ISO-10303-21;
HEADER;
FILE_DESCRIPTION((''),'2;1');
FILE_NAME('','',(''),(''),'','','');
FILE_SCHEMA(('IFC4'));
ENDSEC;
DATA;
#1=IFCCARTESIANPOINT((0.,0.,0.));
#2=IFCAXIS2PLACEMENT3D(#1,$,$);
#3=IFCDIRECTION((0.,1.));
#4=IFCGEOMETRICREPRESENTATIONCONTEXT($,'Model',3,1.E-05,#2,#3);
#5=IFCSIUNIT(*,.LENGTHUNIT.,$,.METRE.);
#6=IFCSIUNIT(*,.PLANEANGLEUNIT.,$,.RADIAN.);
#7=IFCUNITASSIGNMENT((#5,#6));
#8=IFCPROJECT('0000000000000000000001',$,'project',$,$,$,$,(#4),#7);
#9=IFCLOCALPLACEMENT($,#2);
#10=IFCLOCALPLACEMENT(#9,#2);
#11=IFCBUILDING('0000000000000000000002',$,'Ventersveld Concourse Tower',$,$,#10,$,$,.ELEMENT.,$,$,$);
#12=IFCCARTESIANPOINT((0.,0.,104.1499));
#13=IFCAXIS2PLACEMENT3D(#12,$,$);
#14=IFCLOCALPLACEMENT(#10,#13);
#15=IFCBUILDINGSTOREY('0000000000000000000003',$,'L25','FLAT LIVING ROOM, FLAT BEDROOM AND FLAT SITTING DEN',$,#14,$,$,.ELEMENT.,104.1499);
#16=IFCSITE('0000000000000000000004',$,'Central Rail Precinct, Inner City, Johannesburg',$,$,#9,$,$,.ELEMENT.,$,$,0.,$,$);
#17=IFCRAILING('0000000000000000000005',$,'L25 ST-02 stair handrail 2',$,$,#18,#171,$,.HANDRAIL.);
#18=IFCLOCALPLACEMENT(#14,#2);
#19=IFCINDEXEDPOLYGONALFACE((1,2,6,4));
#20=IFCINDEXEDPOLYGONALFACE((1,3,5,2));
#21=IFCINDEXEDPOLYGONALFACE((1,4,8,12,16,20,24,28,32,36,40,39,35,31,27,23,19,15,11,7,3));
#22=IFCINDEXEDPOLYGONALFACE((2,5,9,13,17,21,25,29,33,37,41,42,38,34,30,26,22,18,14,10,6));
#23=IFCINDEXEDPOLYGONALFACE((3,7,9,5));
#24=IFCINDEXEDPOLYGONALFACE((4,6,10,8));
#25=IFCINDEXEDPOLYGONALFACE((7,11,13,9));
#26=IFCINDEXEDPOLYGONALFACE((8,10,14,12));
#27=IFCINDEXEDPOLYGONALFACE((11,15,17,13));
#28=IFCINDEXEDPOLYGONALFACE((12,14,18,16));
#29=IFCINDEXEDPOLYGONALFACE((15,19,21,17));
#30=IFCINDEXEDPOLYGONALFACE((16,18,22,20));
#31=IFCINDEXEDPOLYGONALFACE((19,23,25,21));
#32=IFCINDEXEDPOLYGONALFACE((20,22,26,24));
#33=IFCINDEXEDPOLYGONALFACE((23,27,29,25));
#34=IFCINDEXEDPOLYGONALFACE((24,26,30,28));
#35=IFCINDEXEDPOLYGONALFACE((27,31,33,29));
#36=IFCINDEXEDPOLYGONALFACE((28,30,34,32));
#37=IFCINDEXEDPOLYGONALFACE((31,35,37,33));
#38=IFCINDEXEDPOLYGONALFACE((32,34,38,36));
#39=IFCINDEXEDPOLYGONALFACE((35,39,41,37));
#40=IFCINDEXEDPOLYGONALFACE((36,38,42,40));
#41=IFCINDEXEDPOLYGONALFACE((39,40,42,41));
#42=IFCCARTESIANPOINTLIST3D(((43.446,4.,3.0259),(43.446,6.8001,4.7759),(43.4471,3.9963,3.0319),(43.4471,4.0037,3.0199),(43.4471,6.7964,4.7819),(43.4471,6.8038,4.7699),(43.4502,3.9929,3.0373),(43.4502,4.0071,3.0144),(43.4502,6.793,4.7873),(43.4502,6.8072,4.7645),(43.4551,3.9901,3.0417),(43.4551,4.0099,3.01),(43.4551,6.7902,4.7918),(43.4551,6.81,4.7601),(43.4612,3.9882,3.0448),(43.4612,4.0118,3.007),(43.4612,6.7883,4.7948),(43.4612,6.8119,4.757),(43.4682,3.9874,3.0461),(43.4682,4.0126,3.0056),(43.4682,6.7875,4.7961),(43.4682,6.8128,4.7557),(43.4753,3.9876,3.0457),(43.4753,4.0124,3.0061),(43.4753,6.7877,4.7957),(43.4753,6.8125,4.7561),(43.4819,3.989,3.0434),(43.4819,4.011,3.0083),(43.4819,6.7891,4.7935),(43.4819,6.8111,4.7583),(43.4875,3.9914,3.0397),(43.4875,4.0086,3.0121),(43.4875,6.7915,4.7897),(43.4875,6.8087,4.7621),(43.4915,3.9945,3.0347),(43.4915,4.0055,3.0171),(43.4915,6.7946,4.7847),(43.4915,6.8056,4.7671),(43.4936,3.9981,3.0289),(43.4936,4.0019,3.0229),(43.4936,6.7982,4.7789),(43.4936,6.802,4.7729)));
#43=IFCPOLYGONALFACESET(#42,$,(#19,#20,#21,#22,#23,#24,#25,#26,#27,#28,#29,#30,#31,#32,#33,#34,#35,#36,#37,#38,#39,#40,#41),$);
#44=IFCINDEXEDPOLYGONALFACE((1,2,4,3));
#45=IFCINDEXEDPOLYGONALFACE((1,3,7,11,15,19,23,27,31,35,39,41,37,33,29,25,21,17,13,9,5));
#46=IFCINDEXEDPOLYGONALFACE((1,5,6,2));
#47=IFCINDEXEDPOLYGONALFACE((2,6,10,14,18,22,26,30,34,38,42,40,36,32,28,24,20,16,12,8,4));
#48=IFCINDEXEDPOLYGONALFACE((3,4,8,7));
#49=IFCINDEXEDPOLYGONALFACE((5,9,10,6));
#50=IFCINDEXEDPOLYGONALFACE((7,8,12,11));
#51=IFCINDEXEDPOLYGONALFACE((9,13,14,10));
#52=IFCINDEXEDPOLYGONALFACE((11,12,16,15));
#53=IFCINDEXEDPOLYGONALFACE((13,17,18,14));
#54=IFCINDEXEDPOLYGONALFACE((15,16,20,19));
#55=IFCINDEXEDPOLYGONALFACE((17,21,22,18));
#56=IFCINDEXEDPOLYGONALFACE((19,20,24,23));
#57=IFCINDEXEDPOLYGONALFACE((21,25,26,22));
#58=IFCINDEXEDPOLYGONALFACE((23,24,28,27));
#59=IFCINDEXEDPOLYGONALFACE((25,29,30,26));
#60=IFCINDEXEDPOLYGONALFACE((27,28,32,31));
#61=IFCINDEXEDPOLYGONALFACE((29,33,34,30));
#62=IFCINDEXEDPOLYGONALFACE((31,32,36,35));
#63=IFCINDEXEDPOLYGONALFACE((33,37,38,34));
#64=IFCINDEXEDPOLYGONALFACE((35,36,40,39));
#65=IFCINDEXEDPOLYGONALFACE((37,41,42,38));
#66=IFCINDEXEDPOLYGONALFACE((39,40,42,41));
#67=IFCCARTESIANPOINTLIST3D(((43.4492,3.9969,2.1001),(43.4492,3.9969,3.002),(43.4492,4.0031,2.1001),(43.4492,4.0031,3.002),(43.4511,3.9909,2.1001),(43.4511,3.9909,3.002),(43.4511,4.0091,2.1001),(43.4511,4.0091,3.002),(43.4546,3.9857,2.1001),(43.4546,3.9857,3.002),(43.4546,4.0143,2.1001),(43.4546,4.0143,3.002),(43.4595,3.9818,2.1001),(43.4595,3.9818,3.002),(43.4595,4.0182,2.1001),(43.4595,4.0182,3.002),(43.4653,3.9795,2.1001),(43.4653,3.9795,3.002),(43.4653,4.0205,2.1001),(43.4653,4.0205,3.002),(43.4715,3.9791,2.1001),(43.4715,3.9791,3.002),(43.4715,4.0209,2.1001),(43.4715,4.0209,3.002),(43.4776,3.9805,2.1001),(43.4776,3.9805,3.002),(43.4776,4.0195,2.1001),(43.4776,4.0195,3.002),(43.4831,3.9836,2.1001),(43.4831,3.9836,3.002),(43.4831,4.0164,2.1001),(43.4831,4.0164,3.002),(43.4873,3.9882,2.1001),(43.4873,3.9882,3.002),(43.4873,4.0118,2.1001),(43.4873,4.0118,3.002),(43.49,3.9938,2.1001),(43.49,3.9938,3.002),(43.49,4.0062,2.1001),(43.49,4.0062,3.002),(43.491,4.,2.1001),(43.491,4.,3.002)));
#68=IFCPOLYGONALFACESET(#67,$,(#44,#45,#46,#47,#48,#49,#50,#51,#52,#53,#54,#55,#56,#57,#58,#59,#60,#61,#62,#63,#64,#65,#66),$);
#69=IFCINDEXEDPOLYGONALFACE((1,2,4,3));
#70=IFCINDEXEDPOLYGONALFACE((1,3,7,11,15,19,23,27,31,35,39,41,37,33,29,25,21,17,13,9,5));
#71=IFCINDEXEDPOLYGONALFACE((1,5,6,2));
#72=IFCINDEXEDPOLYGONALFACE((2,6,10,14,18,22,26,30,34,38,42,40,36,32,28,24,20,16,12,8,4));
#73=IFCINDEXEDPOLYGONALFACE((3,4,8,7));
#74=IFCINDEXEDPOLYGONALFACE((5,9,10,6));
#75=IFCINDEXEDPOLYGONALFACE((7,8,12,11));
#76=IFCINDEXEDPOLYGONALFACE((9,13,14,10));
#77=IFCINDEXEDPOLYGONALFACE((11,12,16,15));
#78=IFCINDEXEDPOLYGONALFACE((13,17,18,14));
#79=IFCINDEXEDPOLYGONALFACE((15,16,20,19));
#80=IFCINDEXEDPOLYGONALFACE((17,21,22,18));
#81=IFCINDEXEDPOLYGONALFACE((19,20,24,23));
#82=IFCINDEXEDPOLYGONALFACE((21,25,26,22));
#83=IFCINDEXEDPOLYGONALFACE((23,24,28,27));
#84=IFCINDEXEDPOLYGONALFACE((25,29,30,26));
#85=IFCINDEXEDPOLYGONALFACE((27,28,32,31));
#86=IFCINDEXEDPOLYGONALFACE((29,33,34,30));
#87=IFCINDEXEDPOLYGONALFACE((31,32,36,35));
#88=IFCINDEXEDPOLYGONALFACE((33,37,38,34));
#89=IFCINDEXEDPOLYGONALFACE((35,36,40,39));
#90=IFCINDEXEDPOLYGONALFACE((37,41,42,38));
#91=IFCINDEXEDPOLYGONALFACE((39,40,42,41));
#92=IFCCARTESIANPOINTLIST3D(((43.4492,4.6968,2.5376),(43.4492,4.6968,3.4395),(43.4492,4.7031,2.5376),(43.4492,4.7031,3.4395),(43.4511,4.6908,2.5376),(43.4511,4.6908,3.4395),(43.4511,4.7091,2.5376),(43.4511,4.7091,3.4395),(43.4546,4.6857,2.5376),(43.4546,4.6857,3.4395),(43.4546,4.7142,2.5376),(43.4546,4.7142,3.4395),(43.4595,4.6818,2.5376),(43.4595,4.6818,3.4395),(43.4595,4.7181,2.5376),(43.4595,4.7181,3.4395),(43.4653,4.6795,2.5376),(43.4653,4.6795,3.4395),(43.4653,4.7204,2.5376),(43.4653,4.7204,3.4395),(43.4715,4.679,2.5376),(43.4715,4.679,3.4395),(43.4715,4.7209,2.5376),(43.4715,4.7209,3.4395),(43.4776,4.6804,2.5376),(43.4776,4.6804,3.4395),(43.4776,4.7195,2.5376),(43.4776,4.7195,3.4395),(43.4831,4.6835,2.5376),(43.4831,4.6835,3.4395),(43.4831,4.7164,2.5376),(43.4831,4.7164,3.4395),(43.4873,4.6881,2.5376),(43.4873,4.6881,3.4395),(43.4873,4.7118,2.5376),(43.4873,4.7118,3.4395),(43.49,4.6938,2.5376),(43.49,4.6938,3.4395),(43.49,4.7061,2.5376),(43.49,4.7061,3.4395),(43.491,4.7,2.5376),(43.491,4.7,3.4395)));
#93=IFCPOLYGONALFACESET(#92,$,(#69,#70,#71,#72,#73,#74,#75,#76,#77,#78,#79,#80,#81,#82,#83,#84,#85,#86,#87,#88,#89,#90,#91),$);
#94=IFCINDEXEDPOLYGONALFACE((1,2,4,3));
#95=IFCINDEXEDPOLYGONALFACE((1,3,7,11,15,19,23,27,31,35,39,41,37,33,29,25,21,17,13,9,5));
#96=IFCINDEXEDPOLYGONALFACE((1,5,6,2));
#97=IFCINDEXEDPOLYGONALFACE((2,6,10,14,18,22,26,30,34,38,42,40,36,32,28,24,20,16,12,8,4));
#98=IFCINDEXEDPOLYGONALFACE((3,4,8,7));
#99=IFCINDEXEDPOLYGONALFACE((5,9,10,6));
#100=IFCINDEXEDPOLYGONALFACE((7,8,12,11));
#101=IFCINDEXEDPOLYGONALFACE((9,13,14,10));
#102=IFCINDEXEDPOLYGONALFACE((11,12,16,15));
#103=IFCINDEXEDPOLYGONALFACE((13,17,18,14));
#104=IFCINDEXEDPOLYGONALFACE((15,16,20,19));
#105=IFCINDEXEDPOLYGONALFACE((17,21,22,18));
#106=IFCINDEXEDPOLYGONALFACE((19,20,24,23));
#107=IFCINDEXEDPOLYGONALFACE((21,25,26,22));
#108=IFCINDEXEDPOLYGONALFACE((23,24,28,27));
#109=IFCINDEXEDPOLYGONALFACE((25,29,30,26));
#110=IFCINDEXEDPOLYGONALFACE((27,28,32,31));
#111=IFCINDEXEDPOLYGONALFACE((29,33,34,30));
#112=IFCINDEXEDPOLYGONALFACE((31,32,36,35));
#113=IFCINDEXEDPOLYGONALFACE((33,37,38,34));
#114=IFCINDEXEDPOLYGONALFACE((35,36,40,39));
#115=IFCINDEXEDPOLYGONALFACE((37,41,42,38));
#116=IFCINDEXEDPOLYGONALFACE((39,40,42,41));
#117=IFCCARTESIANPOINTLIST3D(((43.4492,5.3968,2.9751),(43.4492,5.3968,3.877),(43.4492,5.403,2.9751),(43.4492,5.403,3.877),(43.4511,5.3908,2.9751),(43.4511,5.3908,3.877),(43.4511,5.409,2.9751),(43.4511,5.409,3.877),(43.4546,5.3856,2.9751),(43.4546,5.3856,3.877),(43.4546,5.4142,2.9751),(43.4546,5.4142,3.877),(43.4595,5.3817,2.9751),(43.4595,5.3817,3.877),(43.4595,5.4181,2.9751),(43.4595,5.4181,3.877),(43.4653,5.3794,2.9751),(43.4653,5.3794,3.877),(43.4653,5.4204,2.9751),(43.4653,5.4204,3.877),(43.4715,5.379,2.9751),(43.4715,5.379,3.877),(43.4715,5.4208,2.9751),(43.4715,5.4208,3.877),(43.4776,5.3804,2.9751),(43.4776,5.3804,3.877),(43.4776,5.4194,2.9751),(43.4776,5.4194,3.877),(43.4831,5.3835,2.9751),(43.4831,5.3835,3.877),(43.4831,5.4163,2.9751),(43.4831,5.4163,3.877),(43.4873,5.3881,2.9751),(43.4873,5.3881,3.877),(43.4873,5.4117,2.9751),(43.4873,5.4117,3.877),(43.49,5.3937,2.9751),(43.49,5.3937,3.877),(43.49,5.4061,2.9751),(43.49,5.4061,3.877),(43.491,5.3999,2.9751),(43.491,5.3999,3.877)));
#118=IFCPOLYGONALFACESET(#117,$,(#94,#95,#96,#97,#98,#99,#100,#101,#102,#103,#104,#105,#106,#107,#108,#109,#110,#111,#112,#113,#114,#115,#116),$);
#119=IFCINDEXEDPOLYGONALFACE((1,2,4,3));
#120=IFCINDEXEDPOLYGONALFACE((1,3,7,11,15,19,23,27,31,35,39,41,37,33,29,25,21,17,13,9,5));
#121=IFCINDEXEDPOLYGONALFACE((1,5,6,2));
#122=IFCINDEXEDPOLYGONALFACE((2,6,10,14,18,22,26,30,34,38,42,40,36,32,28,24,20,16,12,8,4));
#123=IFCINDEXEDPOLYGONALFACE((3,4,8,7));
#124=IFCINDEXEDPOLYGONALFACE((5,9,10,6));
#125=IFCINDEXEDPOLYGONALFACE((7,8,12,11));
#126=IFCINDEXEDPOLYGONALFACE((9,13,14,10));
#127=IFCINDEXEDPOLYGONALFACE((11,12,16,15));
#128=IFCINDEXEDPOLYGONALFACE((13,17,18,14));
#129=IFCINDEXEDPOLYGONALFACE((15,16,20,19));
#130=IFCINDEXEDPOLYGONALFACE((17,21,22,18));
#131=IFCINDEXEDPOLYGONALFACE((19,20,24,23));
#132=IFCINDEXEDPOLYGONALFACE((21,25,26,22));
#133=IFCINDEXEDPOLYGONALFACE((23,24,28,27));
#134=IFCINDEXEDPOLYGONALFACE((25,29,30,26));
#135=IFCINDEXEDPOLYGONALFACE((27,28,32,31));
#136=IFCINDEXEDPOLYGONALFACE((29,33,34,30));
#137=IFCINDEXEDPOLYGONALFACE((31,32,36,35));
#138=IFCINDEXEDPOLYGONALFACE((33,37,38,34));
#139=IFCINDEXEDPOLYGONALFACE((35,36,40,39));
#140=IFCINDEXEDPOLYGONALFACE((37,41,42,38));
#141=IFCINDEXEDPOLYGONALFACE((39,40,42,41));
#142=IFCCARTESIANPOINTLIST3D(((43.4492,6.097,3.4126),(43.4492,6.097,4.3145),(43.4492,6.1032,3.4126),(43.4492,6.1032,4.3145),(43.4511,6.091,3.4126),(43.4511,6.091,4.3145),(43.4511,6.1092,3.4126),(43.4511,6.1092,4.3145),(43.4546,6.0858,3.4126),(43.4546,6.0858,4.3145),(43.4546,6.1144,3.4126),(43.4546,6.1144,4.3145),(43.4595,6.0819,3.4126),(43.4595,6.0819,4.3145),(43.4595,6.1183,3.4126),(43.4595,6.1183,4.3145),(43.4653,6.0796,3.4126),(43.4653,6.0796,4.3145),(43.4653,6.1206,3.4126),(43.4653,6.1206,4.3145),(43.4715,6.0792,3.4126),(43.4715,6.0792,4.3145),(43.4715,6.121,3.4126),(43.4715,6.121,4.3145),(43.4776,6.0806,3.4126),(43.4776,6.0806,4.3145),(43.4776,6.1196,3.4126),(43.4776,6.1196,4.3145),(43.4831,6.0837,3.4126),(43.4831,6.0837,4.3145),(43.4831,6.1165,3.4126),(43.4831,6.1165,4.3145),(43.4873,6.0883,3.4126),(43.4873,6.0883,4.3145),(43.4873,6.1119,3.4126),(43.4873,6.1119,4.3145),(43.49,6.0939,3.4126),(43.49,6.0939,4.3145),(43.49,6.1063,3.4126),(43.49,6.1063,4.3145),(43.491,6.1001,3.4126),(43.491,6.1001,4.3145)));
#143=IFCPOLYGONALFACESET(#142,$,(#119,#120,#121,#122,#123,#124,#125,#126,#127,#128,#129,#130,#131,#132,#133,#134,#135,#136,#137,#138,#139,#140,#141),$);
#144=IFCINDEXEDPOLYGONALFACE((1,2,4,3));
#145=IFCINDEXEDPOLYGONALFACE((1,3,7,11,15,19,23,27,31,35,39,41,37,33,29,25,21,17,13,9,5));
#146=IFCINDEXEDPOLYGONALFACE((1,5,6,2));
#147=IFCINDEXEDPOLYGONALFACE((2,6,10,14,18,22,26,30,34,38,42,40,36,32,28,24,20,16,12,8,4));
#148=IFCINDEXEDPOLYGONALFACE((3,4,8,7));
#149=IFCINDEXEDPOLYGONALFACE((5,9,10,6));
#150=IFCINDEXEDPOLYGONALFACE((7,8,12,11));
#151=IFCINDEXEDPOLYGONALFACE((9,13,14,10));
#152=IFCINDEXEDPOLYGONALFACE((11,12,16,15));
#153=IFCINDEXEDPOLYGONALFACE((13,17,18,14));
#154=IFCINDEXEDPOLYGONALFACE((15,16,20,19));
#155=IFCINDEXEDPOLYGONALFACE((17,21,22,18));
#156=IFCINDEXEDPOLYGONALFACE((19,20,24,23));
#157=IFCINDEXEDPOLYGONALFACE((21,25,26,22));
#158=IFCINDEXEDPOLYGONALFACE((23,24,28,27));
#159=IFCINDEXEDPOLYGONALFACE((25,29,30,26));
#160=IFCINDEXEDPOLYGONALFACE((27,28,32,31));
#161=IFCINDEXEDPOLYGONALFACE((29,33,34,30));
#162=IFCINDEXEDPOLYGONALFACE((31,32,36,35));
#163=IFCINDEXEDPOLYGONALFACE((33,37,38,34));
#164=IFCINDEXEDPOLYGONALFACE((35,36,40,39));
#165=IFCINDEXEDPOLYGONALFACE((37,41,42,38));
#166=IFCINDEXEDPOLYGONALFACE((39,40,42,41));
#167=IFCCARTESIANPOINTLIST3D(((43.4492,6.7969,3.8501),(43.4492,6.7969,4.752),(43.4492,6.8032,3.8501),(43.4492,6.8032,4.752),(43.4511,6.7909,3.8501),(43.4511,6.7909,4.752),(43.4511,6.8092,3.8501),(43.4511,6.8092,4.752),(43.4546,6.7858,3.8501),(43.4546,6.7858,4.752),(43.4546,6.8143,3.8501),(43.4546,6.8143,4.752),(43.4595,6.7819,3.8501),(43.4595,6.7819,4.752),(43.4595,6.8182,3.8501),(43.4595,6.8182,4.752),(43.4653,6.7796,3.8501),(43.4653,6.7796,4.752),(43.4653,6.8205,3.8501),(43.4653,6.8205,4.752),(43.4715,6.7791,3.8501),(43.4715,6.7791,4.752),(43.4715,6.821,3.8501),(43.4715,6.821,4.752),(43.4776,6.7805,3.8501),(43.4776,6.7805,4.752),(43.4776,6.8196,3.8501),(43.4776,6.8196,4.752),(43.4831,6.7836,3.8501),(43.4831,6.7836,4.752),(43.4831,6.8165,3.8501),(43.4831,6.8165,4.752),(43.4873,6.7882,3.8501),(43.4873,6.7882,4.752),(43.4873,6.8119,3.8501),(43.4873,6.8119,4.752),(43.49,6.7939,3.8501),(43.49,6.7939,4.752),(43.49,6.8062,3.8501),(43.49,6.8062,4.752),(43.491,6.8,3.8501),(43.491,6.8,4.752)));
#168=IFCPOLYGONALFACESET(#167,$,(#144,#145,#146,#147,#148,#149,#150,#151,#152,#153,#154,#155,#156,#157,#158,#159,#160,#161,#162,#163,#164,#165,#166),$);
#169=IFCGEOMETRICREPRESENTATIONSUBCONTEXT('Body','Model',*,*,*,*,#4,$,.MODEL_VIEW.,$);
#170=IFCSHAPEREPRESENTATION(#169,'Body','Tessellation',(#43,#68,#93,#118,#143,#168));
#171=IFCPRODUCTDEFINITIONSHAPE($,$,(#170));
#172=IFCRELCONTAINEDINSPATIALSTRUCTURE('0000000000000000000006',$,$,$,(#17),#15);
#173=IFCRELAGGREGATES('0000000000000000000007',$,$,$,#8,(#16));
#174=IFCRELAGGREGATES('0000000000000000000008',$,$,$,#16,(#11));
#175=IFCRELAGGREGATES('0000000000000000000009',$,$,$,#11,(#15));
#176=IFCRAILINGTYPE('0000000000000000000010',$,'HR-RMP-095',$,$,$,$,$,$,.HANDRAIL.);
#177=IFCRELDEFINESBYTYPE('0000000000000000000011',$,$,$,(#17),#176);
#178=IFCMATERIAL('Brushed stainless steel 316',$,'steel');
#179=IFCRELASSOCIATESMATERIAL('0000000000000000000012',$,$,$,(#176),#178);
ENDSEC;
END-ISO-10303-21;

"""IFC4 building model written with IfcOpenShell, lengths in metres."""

from ifc_helpers import new_model, si_unit, direction, frame, origin, origin_2d, place, context, subcontext, project, spatial, circle, extrude, material, type_object, element, save


model = new_model("IFC4")

# Units and contexts
model_context = context("Model", 3, precision=1e-05, world=origin(), true_north=direction((0.0, 1.0)))
body_context = subcontext(model_context, "Body", "Model", "MODEL_VIEW")
ifc_project = project(units=[si_unit("LENGTHUNIT", "METRE"), si_unit("PLANEANGLEUNIT", "RADIAN")], contexts=[model_context])

# Site, building, storey
site_placement = place(None, origin())
site = spatial("IfcSite", under=ifc_project, at=site_placement, Name="Central Rail Precinct, Inner City, Johannesburg", CompositionType="ELEMENT", RefElevation=0.0)
building_placement = place(site_placement, origin())
building = spatial("IfcBuilding", under=site, at=building_placement, Name="Ventersveld Concourse Tower", CompositionType="ELEMENT")
storey_placement = place(building_placement, frame((0.0, 0.0, 104.1499)))
storey = spatial("IfcBuildingStorey", under=building, at=storey_placement, Name="L25", Description="FLAT LIVING ROOM, FLAT BEDROOM AND FLAT SITTING DEN", CompositionType="ELEMENT", Elevation=104.1499)

# Railing
ifc_material_1 = material(Name="Brushed stainless steel 316", Category="steel")
railing_type_1 = type_object("IfcRailingType", Name="HR-RMP-095", PredefinedType="HANDRAIL", material=ifc_material_1)
railing_1_placement = place(storey_placement, frame((43.47, 4.0, 2.1001)))
element("IfcRailing", 1, at=railing_1_placement, inside=storey, type_object=railing_type_1, Name="L25 ST-02 stair handrail 2", PredefinedType="HANDRAIL", context=body_context, shape_type="SweptSolid", body=[
    extrude(circle(Radius=0.0239, at=origin_2d()), frame((0.0, 0.0, 0.9258), z_axis=(0.0, 0.848002, 0.529992), x_axis=(-1.0, 0.0, 0.0)), (0.0, 0.0, 1.0), 3.302),
    extrude(circle(Radius=0.021, at=origin_2d()), origin(), (0.0, 0.0, 1.0), 0.9019),
    extrude(circle(Radius=0.021, at=origin_2d()), frame((0.0, 0.7, 0.4375)), (0.0, 0.0, 1.0), 0.9019),
    extrude(circle(Radius=0.021, at=origin_2d()), frame((0.0, 1.3999, 0.875)), (0.0, 0.0, 1.0), 0.9019),
    extrude(circle(Radius=0.021, at=origin_2d()), frame((0.0, 2.1001, 1.3125)), (0.0, 0.0, 1.0), 0.9019),
    extrude(circle(Radius=0.021, at=origin_2d()), frame((0.0, 2.8, 1.75)), (0.0, 0.0, 1.0), 0.9019),
])

save(model, "model.ifc")
